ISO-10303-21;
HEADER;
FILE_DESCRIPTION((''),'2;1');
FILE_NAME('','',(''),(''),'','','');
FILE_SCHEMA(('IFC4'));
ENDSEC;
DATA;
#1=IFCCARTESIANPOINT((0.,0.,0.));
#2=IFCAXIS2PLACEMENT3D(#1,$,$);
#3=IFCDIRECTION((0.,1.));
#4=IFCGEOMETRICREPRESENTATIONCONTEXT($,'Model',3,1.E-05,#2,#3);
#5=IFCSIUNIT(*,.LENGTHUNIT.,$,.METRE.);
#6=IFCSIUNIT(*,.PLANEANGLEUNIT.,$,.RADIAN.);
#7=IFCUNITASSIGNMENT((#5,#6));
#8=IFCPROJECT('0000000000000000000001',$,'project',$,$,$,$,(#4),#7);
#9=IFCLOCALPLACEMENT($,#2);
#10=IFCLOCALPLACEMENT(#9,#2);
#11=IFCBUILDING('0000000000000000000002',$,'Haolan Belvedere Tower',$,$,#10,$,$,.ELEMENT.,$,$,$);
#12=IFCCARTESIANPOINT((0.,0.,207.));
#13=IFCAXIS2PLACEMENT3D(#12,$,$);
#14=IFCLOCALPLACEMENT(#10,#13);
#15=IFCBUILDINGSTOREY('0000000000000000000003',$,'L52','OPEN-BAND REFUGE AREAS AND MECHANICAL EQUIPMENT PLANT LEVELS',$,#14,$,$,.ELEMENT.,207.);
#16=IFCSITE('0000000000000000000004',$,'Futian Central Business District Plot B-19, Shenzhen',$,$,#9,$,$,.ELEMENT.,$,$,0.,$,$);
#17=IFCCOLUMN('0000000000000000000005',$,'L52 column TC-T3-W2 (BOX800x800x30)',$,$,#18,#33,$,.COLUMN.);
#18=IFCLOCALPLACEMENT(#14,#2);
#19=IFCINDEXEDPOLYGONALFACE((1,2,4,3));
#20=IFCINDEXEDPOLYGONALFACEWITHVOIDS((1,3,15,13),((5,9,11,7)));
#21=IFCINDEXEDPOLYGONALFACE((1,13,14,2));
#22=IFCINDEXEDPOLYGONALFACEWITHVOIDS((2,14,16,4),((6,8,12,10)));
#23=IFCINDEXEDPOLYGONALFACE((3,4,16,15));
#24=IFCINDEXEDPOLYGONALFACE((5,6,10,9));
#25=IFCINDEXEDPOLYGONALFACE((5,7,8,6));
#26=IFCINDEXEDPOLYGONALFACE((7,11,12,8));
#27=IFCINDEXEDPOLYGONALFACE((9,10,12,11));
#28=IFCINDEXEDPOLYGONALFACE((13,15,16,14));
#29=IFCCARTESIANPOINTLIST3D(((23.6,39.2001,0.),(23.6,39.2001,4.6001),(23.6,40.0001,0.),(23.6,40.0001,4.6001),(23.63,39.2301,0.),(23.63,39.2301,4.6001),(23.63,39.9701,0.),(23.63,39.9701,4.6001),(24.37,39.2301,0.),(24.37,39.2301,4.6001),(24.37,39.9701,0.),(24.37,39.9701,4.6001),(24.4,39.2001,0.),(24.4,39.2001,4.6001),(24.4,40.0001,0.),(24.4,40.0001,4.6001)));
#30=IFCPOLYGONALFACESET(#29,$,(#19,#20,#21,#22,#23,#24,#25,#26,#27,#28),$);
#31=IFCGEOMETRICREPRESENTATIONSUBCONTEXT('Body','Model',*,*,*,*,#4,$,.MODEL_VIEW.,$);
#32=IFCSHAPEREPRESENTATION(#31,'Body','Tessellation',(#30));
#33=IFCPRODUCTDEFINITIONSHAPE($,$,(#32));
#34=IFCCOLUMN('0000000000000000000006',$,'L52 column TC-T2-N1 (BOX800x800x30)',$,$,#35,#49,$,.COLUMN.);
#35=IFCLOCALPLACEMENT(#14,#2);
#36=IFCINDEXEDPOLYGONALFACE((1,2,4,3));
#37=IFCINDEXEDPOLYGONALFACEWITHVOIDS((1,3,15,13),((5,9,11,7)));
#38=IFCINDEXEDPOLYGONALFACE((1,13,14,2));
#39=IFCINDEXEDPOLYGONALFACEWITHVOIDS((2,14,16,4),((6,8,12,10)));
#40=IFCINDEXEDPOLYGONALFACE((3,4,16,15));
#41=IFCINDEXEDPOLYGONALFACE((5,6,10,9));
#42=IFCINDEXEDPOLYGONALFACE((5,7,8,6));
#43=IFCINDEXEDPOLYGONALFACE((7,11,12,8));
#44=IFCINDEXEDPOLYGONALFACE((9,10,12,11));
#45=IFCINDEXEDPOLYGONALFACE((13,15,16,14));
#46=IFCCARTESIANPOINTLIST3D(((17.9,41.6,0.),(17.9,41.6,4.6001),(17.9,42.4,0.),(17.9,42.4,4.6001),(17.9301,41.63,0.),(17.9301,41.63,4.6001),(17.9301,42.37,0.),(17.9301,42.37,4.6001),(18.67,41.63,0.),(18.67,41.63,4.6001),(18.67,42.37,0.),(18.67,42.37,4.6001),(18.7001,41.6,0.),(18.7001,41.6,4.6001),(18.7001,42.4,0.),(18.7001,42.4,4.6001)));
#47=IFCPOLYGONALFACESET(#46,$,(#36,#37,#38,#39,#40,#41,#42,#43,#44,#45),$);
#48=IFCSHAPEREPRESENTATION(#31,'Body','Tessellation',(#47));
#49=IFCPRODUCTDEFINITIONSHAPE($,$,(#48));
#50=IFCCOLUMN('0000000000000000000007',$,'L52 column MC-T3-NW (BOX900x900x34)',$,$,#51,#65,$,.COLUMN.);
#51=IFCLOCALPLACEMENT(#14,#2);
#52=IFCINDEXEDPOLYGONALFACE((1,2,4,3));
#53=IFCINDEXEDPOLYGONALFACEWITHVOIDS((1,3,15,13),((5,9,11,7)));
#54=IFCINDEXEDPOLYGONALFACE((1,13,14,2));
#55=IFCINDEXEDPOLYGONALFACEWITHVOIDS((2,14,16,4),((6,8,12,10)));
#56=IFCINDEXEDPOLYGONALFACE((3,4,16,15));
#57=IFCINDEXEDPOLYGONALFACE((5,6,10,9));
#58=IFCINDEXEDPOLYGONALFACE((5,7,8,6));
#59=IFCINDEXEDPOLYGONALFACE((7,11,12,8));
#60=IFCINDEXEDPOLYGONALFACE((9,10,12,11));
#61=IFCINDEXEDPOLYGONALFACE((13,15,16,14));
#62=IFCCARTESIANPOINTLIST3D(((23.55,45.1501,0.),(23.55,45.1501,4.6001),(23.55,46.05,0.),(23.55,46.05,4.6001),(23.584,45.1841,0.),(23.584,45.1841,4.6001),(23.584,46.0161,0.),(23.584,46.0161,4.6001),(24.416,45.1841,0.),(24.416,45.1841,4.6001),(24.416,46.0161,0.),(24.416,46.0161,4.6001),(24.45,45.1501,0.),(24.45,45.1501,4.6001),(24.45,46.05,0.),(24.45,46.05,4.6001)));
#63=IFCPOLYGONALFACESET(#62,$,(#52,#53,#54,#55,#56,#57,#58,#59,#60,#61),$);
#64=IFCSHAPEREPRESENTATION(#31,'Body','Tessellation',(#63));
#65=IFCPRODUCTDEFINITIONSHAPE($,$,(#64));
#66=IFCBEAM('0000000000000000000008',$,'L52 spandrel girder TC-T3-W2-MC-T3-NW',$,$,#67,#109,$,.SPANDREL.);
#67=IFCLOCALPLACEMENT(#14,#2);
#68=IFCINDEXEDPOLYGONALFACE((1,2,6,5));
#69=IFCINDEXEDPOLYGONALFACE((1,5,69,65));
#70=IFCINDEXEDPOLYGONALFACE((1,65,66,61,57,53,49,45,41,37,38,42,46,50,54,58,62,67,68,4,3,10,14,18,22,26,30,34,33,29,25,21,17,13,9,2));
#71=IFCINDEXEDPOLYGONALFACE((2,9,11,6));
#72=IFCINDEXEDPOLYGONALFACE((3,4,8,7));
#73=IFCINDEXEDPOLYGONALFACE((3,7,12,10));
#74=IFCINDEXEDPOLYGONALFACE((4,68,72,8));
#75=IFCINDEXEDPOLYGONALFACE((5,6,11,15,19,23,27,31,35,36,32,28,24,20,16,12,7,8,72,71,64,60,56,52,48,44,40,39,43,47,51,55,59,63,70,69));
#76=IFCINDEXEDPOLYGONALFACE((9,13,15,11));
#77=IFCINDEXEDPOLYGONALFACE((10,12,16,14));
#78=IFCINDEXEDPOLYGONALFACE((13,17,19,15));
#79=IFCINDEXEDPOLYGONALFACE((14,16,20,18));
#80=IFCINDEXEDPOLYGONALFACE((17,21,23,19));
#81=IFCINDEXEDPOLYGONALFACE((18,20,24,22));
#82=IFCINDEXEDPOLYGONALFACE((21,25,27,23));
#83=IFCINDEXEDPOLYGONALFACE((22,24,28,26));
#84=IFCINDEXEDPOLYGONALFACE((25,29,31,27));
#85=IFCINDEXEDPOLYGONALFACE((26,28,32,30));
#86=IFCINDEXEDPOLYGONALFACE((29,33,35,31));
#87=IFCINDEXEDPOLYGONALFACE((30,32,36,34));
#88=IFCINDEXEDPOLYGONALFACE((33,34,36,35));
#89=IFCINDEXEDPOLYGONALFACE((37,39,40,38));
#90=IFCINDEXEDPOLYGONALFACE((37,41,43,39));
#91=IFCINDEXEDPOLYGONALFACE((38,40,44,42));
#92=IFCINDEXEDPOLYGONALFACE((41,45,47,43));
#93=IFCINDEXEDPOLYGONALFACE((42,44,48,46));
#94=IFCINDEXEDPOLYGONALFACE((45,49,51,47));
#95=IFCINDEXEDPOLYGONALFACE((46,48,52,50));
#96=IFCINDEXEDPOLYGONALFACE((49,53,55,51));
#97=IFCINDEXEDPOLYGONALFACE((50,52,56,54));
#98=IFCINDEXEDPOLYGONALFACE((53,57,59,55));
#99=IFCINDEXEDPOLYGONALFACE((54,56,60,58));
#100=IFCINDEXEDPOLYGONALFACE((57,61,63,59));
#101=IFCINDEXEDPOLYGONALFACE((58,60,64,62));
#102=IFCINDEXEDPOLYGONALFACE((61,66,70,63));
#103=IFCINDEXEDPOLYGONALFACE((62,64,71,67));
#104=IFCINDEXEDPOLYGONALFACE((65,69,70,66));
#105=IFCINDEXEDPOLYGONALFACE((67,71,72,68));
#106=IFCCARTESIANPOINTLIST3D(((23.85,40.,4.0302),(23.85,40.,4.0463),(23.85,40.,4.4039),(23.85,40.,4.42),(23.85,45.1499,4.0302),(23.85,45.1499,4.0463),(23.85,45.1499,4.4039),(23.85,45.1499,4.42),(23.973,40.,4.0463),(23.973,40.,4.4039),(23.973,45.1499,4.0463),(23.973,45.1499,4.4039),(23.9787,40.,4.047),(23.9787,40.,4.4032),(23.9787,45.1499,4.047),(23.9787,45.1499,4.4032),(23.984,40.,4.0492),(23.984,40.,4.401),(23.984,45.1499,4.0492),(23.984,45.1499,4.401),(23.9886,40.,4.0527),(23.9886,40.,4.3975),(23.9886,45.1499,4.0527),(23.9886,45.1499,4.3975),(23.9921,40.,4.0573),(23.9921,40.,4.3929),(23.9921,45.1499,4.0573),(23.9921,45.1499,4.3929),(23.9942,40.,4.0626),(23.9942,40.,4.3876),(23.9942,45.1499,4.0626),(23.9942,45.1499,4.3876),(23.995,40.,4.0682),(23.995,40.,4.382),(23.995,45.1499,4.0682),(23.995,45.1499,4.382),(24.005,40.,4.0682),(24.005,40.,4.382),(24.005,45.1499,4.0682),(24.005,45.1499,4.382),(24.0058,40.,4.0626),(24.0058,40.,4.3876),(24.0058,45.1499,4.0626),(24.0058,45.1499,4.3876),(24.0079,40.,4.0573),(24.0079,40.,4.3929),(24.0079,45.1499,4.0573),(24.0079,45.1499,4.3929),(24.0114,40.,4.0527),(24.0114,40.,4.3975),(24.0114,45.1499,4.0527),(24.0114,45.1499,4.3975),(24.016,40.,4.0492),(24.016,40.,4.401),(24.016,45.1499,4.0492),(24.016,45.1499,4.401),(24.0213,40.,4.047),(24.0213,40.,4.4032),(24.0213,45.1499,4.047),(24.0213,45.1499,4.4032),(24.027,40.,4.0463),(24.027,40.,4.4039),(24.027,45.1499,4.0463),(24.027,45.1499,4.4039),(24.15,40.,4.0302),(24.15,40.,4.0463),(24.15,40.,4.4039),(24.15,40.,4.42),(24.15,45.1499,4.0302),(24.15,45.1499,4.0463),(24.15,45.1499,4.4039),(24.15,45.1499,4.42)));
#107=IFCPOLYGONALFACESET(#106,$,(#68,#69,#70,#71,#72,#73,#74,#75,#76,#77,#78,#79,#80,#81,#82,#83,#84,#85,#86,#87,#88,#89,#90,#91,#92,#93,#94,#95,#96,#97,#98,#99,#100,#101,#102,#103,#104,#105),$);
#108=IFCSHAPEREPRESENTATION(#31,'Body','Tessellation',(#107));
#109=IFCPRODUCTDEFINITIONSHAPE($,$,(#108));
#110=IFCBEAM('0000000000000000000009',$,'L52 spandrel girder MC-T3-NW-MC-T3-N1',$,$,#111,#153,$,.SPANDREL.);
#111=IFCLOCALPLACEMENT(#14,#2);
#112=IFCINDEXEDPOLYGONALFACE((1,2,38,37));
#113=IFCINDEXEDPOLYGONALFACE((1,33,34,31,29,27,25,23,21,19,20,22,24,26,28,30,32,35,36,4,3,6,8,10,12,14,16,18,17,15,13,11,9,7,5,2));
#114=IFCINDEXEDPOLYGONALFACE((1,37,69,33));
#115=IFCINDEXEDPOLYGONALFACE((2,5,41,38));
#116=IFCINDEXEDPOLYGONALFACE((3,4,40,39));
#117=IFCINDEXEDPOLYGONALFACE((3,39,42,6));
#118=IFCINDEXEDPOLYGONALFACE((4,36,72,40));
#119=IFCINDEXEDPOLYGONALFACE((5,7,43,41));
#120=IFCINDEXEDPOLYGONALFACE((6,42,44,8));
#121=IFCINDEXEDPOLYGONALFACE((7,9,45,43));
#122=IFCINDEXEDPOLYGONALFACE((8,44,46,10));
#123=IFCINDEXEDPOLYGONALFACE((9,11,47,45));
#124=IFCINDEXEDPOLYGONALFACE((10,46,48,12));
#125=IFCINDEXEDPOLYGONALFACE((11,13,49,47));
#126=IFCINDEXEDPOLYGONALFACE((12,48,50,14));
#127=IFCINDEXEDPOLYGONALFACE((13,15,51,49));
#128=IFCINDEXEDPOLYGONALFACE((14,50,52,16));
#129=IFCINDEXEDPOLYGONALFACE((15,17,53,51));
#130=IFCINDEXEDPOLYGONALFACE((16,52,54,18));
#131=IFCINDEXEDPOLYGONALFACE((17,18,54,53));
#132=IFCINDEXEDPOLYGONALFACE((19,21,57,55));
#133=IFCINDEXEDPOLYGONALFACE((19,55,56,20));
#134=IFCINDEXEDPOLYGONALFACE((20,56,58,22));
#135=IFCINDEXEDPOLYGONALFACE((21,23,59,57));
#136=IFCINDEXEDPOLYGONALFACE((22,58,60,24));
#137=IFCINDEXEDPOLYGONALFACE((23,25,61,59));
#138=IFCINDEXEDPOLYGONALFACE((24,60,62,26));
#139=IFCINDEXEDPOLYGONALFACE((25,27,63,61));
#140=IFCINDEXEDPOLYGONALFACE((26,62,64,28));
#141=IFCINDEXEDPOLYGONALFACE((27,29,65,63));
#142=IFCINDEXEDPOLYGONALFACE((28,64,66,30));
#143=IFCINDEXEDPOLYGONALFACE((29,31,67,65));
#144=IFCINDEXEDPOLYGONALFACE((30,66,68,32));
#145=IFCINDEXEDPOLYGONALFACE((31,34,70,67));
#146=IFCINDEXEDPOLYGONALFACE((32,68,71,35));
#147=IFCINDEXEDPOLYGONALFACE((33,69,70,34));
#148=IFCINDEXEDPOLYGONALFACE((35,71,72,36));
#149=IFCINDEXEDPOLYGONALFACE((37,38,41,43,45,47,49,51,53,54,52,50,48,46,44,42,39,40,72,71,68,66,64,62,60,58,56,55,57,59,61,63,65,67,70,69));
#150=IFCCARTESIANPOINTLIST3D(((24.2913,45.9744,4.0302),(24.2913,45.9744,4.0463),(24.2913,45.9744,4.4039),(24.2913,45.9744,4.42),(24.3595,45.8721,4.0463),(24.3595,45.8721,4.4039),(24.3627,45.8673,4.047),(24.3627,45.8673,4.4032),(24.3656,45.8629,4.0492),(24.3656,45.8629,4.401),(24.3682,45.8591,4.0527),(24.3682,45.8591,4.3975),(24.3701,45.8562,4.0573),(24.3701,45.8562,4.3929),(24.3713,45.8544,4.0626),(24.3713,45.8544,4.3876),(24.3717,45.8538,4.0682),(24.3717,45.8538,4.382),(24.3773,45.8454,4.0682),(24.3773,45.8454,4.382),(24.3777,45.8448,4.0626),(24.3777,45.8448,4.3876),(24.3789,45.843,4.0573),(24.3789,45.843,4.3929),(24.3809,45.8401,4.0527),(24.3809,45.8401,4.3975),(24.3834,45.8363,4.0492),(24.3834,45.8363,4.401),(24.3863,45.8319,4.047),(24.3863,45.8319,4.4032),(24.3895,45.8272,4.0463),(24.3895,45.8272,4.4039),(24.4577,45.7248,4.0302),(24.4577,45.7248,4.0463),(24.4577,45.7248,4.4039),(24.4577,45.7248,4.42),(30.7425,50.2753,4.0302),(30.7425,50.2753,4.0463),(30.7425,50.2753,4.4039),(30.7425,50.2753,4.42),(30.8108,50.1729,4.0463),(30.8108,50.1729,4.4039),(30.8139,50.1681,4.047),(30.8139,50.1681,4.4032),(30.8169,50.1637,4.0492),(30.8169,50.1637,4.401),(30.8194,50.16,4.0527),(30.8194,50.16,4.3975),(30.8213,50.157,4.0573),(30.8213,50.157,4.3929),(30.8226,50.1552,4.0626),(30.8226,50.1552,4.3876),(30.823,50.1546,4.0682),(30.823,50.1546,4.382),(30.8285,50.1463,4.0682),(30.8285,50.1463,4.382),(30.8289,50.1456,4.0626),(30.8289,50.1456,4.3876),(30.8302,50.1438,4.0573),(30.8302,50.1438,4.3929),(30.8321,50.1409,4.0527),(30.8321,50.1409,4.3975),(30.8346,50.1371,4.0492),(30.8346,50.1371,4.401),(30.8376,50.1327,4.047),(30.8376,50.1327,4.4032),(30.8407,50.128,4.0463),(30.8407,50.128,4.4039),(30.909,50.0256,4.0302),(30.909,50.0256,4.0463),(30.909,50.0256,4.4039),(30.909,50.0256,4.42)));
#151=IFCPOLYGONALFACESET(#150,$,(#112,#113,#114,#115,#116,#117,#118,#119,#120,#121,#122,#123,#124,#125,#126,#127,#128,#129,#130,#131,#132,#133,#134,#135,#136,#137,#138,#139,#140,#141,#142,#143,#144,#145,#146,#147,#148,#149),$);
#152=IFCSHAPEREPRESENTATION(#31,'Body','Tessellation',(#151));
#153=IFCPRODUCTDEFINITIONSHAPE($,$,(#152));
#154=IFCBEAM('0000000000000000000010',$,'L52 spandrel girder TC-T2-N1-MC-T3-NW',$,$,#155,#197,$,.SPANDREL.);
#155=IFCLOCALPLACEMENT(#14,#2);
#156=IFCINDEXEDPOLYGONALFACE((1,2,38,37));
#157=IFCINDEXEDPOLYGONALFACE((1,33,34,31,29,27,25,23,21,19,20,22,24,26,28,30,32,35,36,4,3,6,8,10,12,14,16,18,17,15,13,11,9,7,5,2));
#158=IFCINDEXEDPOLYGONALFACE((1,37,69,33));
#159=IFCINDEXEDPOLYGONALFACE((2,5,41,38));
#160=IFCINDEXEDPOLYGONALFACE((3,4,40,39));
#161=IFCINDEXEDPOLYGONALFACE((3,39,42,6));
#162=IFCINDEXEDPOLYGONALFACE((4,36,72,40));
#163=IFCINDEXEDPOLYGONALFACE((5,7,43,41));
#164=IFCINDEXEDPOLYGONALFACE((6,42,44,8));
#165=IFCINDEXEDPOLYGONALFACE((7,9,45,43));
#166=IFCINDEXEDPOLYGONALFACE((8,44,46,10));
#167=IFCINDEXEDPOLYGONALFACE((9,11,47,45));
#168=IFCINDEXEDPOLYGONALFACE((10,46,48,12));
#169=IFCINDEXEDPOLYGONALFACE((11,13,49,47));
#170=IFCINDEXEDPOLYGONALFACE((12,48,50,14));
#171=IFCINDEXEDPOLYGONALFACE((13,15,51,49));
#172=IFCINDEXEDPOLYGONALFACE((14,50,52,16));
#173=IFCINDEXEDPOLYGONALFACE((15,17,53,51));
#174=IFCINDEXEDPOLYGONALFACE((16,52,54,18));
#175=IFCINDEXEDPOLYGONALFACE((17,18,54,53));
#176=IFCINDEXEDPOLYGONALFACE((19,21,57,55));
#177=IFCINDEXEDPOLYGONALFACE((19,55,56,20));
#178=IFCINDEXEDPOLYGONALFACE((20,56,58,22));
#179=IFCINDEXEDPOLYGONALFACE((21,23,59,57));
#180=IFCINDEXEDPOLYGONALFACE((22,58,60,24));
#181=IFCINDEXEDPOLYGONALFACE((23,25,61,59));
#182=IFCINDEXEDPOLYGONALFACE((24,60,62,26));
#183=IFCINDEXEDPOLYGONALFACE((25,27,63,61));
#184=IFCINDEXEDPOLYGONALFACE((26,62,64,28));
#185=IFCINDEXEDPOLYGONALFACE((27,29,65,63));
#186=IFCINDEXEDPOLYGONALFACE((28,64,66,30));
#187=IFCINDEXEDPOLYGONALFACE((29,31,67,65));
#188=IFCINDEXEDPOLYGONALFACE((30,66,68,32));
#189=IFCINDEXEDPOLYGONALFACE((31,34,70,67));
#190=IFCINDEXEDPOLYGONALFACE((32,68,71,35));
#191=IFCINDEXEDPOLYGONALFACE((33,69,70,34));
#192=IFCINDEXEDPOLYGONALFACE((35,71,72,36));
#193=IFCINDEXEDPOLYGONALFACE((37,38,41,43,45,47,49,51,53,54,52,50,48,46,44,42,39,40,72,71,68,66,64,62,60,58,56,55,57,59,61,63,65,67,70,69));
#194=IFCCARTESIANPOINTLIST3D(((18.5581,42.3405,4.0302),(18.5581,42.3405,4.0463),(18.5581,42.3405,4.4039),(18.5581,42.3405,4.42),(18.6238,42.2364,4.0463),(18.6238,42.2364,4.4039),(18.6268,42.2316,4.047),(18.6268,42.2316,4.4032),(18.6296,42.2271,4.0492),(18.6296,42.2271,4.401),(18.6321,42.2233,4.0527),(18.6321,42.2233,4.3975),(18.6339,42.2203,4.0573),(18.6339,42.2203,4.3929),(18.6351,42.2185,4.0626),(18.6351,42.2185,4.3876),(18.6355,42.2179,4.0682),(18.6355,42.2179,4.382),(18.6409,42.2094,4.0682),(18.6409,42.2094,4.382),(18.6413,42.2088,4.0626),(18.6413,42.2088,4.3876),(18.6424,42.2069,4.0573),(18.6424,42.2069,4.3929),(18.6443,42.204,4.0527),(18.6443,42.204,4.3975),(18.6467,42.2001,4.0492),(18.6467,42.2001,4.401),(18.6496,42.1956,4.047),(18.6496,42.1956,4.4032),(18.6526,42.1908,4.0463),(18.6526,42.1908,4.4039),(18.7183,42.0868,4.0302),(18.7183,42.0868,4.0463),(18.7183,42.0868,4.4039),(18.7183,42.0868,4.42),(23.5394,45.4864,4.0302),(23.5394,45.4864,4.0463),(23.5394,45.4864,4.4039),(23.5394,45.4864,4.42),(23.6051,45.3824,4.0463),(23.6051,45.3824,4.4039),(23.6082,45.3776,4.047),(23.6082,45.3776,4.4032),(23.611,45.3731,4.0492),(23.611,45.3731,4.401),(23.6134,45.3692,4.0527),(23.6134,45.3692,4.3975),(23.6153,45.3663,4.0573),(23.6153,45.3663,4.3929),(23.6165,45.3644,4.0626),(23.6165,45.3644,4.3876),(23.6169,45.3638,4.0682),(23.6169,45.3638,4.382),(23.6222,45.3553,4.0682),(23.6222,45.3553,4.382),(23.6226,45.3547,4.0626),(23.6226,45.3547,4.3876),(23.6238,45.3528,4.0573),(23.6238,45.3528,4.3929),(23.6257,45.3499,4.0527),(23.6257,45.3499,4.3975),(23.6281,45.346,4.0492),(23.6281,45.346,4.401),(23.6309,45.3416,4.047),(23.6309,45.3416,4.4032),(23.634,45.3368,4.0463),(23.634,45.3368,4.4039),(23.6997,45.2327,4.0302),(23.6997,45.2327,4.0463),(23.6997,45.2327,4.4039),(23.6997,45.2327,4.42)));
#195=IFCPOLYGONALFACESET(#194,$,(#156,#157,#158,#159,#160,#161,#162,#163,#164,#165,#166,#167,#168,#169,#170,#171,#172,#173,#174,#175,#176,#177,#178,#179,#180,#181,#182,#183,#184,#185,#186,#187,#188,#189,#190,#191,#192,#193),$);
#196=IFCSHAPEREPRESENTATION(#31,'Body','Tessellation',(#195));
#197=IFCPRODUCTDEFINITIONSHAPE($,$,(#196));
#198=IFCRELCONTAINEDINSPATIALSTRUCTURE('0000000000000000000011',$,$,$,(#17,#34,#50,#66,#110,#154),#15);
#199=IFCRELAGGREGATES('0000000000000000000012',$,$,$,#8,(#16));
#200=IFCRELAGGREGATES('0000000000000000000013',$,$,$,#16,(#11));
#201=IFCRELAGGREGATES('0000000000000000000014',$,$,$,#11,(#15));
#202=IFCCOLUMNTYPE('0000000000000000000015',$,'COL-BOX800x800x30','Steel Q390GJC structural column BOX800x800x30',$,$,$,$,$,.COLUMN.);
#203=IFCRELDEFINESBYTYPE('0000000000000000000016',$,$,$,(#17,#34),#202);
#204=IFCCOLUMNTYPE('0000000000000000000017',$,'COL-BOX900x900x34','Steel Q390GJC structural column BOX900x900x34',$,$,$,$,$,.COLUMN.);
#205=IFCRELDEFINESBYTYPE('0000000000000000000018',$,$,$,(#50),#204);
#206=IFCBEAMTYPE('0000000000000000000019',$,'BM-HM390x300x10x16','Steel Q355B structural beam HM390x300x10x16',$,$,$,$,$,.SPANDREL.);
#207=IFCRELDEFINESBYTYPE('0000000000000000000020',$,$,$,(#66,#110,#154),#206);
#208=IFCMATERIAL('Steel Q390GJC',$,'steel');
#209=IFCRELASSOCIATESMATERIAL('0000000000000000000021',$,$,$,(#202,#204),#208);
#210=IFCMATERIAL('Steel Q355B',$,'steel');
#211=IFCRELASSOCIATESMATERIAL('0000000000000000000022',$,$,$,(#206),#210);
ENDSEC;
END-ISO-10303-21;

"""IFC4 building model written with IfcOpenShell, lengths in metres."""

from ifc_helpers import new_model, si_unit, direction, frame, origin, origin_2d, place, context, subcontext, project, spatial, hollow_rectangle, i_section, extrude, material, material_profile, profile_set, type_object, element, save


model = new_model("IFC4")

# Units and contexts
model_context = context("Model", 3, precision=1e-05, world=origin(), true_north=direction((0.0, 1.0)))
body_context = subcontext(model_context, "Body", "Model", "MODEL_VIEW")
ifc_project = project(units=[si_unit("LENGTHUNIT", "METRE"), si_unit("PLANEANGLEUNIT", "RADIAN")], contexts=[model_context])

# Site, building, storey
site_placement = place(None, origin())
site = spatial("IfcSite", under=ifc_project, at=site_placement, Name="Futian Central Business District Plot B-19, Shenzhen", CompositionType="ELEMENT", RefElevation=0.0)
building_placement = place(site_placement, origin())
building = spatial("IfcBuilding", under=site, at=building_placement, Name="Haolan Belvedere Tower", CompositionType="ELEMENT")
storey_placement = place(building_placement, frame((0.0, 0.0, 207.0)))
storey = spatial("IfcBuildingStorey", under=building, at=storey_placement, Name="L52", Description="OPEN-BAND REFUGE AREAS AND MECHANICAL EQUIPMENT PLANT LEVELS", CompositionType="ELEMENT", Elevation=207.0)

# Columns
ifc_material_1 = material(Name="Steel Q390GJC", Category="steel")
ifc_material_profile_1 = material_profile(ifc_material_1, hollow_rectangle(XDim=0.8, YDim=0.8, WallThickness=0.03, at=origin_2d()), Name="Steel Q390GJC")
ifc_profile_set_1 = profile_set([ifc_material_profile_1], Name="Steel Q390GJC")
column_type_1 = type_object("IfcColumnType", Name="COL-BOX800x800x30", Description="Steel Q390GJC structural column BOX800x800x30", PredefinedType="COLUMN", material=ifc_profile_set_1)
for number, where, z_axis, x_axis, name in (
    (1, (24.0, 39.6001, 0.0), (0.0, 0.0, 1.0), (1.0, 0.0, 0.0), "L52 column TC-T3-W2 (BOX800x800x30)"),
    (2, (18.3, 42.0, 0.0), (0.0, 0.0, 1.0), (1.0, 0.0, 0.0), "L52 column TC-T2-N1 (BOX800x800x30)"),
):
    element("IfcColumn", number, at=place(storey_placement, frame(where, z_axis=z_axis, x_axis=x_axis)), inside=storey, type_object=column_type_1, Name=name, PredefinedType="COLUMN", context=body_context, shape_type="SweptSolid", body=[
        extrude(hollow_rectangle(XDim=0.8, YDim=0.8, WallThickness=0.03, at=origin_2d()), origin(), (0.0, 0.0, 1.0), 4.6001),
    ])
ifc_material_profile_2 = material_profile(ifc_material_1, hollow_rectangle(XDim=0.8999, YDim=0.8999, WallThickness=0.0339, at=origin_2d()), Name="Steel Q390GJC")
ifc_profile_set_2 = profile_set([ifc_material_profile_2], Name="Steel Q390GJC")
column_type_2 = type_object("IfcColumnType", Name="COL-BOX900x900x34", Description="Steel Q390GJC structural column BOX900x900x34", PredefinedType="COLUMN", material=ifc_profile_set_2)
column_placement = place(storey_placement, frame((24.0, 45.6001, 0.0), z_axis=(0.0, 0.0, 1.0), x_axis=(1.0, 0.0, 0.0)))
element("IfcColumn", 3, at=column_placement, inside=storey, type_object=column_type_2, Name="L52 column MC-T3-NW (BOX900x900x34)", PredefinedType="COLUMN", context=body_context, shape_type="SweptSolid", body=[
    extrude(hollow_rectangle(XDim=0.8999, YDim=0.8999, WallThickness=0.0339, at=origin_2d()), origin(), (0.0, 0.0, 1.0), 4.6001),
])

# Beams
ifc_material_2 = material(Name="Steel Q355B", Category="steel")
ifc_material_profile_3 = material_profile(ifc_material_2, i_section(OverallWidth=0.3, OverallDepth=0.3899, WebThickness=0.01, FlangeThickness=0.0161, FilletRadius=0.022, at=origin_2d()), Name="Steel Q355B")
ifc_profile_set_3 = profile_set([ifc_material_profile_3], Name="Steel Q355B")
beam_type_1 = type_object("IfcBeamType", Name="BM-HM390x300x10x16", Description="Steel Q355B structural beam HM390x300x10x16", PredefinedType="SPANDREL", material=ifc_profile_set_3)
beam_1_placement = place(storey_placement, frame((24.0, 40.0, 4.2251), z_axis=(0.0, 1.0, 0.0), x_axis=(-1.0, 0.0, 0.0)))
element("IfcBeam", 4, at=beam_1_placement, inside=storey, type_object=beam_type_1, Name="L52 spandrel girder TC-T3-W2-MC-T3-NW", PredefinedType="SPANDREL", context=body_context, shape_type="SweptSolid", body=[
    extrude(i_section(OverallWidth=0.3, OverallDepth=0.3899, WebThickness=0.01, FlangeThickness=0.0161, FilletRadius=0.022, at=origin_2d()), origin(), (0.0, 0.0, 1.0), 5.1499),
])
beam_2_placement = place(storey_placement, frame((24.3745, 45.8496, 4.2251), z_axis=(0.83205, 0.5547, 0.0), x_axis=(-0.5547, 0.83205, 0.0)))
element("IfcBeam", 5, at=beam_2_placement, inside=storey, type_object=beam_type_1, Name="L52 spandrel girder MC-T3-NW-MC-T3-N1", PredefinedType="SPANDREL", context=body_context, shape_type="SweptSolid", body=[
    extrude(i_section(OverallWidth=0.3, OverallDepth=0.3899, WebThickness=0.01, FlangeThickness=0.0161, FilletRadius=0.022, at=origin_2d()), origin(), (0.0, 0.0, 1.0), 7.7534),
])
beam_3_placement = place(storey_placement, frame((18.6382, 42.2136, 4.2251), z_axis=(0.845503, 0.533971, 0.0), x_axis=(-0.533971, 0.845503, 0.0)))
element("IfcBeam", 6, at=beam_3_placement, inside=storey, type_object=beam_type_1, Name="L52 spandrel girder TC-T2-N1-MC-T3-NW", PredefinedType="SPANDREL", context=body_context, shape_type="SweptSolid", body=[
    extrude(i_section(OverallWidth=0.3, OverallDepth=0.3899, WebThickness=0.01, FlangeThickness=0.0161, FilletRadius=0.022, at=origin_2d()), origin(), (0.0, 0.0, 1.0), 5.8916),
])

save(model, "model.ifc")
